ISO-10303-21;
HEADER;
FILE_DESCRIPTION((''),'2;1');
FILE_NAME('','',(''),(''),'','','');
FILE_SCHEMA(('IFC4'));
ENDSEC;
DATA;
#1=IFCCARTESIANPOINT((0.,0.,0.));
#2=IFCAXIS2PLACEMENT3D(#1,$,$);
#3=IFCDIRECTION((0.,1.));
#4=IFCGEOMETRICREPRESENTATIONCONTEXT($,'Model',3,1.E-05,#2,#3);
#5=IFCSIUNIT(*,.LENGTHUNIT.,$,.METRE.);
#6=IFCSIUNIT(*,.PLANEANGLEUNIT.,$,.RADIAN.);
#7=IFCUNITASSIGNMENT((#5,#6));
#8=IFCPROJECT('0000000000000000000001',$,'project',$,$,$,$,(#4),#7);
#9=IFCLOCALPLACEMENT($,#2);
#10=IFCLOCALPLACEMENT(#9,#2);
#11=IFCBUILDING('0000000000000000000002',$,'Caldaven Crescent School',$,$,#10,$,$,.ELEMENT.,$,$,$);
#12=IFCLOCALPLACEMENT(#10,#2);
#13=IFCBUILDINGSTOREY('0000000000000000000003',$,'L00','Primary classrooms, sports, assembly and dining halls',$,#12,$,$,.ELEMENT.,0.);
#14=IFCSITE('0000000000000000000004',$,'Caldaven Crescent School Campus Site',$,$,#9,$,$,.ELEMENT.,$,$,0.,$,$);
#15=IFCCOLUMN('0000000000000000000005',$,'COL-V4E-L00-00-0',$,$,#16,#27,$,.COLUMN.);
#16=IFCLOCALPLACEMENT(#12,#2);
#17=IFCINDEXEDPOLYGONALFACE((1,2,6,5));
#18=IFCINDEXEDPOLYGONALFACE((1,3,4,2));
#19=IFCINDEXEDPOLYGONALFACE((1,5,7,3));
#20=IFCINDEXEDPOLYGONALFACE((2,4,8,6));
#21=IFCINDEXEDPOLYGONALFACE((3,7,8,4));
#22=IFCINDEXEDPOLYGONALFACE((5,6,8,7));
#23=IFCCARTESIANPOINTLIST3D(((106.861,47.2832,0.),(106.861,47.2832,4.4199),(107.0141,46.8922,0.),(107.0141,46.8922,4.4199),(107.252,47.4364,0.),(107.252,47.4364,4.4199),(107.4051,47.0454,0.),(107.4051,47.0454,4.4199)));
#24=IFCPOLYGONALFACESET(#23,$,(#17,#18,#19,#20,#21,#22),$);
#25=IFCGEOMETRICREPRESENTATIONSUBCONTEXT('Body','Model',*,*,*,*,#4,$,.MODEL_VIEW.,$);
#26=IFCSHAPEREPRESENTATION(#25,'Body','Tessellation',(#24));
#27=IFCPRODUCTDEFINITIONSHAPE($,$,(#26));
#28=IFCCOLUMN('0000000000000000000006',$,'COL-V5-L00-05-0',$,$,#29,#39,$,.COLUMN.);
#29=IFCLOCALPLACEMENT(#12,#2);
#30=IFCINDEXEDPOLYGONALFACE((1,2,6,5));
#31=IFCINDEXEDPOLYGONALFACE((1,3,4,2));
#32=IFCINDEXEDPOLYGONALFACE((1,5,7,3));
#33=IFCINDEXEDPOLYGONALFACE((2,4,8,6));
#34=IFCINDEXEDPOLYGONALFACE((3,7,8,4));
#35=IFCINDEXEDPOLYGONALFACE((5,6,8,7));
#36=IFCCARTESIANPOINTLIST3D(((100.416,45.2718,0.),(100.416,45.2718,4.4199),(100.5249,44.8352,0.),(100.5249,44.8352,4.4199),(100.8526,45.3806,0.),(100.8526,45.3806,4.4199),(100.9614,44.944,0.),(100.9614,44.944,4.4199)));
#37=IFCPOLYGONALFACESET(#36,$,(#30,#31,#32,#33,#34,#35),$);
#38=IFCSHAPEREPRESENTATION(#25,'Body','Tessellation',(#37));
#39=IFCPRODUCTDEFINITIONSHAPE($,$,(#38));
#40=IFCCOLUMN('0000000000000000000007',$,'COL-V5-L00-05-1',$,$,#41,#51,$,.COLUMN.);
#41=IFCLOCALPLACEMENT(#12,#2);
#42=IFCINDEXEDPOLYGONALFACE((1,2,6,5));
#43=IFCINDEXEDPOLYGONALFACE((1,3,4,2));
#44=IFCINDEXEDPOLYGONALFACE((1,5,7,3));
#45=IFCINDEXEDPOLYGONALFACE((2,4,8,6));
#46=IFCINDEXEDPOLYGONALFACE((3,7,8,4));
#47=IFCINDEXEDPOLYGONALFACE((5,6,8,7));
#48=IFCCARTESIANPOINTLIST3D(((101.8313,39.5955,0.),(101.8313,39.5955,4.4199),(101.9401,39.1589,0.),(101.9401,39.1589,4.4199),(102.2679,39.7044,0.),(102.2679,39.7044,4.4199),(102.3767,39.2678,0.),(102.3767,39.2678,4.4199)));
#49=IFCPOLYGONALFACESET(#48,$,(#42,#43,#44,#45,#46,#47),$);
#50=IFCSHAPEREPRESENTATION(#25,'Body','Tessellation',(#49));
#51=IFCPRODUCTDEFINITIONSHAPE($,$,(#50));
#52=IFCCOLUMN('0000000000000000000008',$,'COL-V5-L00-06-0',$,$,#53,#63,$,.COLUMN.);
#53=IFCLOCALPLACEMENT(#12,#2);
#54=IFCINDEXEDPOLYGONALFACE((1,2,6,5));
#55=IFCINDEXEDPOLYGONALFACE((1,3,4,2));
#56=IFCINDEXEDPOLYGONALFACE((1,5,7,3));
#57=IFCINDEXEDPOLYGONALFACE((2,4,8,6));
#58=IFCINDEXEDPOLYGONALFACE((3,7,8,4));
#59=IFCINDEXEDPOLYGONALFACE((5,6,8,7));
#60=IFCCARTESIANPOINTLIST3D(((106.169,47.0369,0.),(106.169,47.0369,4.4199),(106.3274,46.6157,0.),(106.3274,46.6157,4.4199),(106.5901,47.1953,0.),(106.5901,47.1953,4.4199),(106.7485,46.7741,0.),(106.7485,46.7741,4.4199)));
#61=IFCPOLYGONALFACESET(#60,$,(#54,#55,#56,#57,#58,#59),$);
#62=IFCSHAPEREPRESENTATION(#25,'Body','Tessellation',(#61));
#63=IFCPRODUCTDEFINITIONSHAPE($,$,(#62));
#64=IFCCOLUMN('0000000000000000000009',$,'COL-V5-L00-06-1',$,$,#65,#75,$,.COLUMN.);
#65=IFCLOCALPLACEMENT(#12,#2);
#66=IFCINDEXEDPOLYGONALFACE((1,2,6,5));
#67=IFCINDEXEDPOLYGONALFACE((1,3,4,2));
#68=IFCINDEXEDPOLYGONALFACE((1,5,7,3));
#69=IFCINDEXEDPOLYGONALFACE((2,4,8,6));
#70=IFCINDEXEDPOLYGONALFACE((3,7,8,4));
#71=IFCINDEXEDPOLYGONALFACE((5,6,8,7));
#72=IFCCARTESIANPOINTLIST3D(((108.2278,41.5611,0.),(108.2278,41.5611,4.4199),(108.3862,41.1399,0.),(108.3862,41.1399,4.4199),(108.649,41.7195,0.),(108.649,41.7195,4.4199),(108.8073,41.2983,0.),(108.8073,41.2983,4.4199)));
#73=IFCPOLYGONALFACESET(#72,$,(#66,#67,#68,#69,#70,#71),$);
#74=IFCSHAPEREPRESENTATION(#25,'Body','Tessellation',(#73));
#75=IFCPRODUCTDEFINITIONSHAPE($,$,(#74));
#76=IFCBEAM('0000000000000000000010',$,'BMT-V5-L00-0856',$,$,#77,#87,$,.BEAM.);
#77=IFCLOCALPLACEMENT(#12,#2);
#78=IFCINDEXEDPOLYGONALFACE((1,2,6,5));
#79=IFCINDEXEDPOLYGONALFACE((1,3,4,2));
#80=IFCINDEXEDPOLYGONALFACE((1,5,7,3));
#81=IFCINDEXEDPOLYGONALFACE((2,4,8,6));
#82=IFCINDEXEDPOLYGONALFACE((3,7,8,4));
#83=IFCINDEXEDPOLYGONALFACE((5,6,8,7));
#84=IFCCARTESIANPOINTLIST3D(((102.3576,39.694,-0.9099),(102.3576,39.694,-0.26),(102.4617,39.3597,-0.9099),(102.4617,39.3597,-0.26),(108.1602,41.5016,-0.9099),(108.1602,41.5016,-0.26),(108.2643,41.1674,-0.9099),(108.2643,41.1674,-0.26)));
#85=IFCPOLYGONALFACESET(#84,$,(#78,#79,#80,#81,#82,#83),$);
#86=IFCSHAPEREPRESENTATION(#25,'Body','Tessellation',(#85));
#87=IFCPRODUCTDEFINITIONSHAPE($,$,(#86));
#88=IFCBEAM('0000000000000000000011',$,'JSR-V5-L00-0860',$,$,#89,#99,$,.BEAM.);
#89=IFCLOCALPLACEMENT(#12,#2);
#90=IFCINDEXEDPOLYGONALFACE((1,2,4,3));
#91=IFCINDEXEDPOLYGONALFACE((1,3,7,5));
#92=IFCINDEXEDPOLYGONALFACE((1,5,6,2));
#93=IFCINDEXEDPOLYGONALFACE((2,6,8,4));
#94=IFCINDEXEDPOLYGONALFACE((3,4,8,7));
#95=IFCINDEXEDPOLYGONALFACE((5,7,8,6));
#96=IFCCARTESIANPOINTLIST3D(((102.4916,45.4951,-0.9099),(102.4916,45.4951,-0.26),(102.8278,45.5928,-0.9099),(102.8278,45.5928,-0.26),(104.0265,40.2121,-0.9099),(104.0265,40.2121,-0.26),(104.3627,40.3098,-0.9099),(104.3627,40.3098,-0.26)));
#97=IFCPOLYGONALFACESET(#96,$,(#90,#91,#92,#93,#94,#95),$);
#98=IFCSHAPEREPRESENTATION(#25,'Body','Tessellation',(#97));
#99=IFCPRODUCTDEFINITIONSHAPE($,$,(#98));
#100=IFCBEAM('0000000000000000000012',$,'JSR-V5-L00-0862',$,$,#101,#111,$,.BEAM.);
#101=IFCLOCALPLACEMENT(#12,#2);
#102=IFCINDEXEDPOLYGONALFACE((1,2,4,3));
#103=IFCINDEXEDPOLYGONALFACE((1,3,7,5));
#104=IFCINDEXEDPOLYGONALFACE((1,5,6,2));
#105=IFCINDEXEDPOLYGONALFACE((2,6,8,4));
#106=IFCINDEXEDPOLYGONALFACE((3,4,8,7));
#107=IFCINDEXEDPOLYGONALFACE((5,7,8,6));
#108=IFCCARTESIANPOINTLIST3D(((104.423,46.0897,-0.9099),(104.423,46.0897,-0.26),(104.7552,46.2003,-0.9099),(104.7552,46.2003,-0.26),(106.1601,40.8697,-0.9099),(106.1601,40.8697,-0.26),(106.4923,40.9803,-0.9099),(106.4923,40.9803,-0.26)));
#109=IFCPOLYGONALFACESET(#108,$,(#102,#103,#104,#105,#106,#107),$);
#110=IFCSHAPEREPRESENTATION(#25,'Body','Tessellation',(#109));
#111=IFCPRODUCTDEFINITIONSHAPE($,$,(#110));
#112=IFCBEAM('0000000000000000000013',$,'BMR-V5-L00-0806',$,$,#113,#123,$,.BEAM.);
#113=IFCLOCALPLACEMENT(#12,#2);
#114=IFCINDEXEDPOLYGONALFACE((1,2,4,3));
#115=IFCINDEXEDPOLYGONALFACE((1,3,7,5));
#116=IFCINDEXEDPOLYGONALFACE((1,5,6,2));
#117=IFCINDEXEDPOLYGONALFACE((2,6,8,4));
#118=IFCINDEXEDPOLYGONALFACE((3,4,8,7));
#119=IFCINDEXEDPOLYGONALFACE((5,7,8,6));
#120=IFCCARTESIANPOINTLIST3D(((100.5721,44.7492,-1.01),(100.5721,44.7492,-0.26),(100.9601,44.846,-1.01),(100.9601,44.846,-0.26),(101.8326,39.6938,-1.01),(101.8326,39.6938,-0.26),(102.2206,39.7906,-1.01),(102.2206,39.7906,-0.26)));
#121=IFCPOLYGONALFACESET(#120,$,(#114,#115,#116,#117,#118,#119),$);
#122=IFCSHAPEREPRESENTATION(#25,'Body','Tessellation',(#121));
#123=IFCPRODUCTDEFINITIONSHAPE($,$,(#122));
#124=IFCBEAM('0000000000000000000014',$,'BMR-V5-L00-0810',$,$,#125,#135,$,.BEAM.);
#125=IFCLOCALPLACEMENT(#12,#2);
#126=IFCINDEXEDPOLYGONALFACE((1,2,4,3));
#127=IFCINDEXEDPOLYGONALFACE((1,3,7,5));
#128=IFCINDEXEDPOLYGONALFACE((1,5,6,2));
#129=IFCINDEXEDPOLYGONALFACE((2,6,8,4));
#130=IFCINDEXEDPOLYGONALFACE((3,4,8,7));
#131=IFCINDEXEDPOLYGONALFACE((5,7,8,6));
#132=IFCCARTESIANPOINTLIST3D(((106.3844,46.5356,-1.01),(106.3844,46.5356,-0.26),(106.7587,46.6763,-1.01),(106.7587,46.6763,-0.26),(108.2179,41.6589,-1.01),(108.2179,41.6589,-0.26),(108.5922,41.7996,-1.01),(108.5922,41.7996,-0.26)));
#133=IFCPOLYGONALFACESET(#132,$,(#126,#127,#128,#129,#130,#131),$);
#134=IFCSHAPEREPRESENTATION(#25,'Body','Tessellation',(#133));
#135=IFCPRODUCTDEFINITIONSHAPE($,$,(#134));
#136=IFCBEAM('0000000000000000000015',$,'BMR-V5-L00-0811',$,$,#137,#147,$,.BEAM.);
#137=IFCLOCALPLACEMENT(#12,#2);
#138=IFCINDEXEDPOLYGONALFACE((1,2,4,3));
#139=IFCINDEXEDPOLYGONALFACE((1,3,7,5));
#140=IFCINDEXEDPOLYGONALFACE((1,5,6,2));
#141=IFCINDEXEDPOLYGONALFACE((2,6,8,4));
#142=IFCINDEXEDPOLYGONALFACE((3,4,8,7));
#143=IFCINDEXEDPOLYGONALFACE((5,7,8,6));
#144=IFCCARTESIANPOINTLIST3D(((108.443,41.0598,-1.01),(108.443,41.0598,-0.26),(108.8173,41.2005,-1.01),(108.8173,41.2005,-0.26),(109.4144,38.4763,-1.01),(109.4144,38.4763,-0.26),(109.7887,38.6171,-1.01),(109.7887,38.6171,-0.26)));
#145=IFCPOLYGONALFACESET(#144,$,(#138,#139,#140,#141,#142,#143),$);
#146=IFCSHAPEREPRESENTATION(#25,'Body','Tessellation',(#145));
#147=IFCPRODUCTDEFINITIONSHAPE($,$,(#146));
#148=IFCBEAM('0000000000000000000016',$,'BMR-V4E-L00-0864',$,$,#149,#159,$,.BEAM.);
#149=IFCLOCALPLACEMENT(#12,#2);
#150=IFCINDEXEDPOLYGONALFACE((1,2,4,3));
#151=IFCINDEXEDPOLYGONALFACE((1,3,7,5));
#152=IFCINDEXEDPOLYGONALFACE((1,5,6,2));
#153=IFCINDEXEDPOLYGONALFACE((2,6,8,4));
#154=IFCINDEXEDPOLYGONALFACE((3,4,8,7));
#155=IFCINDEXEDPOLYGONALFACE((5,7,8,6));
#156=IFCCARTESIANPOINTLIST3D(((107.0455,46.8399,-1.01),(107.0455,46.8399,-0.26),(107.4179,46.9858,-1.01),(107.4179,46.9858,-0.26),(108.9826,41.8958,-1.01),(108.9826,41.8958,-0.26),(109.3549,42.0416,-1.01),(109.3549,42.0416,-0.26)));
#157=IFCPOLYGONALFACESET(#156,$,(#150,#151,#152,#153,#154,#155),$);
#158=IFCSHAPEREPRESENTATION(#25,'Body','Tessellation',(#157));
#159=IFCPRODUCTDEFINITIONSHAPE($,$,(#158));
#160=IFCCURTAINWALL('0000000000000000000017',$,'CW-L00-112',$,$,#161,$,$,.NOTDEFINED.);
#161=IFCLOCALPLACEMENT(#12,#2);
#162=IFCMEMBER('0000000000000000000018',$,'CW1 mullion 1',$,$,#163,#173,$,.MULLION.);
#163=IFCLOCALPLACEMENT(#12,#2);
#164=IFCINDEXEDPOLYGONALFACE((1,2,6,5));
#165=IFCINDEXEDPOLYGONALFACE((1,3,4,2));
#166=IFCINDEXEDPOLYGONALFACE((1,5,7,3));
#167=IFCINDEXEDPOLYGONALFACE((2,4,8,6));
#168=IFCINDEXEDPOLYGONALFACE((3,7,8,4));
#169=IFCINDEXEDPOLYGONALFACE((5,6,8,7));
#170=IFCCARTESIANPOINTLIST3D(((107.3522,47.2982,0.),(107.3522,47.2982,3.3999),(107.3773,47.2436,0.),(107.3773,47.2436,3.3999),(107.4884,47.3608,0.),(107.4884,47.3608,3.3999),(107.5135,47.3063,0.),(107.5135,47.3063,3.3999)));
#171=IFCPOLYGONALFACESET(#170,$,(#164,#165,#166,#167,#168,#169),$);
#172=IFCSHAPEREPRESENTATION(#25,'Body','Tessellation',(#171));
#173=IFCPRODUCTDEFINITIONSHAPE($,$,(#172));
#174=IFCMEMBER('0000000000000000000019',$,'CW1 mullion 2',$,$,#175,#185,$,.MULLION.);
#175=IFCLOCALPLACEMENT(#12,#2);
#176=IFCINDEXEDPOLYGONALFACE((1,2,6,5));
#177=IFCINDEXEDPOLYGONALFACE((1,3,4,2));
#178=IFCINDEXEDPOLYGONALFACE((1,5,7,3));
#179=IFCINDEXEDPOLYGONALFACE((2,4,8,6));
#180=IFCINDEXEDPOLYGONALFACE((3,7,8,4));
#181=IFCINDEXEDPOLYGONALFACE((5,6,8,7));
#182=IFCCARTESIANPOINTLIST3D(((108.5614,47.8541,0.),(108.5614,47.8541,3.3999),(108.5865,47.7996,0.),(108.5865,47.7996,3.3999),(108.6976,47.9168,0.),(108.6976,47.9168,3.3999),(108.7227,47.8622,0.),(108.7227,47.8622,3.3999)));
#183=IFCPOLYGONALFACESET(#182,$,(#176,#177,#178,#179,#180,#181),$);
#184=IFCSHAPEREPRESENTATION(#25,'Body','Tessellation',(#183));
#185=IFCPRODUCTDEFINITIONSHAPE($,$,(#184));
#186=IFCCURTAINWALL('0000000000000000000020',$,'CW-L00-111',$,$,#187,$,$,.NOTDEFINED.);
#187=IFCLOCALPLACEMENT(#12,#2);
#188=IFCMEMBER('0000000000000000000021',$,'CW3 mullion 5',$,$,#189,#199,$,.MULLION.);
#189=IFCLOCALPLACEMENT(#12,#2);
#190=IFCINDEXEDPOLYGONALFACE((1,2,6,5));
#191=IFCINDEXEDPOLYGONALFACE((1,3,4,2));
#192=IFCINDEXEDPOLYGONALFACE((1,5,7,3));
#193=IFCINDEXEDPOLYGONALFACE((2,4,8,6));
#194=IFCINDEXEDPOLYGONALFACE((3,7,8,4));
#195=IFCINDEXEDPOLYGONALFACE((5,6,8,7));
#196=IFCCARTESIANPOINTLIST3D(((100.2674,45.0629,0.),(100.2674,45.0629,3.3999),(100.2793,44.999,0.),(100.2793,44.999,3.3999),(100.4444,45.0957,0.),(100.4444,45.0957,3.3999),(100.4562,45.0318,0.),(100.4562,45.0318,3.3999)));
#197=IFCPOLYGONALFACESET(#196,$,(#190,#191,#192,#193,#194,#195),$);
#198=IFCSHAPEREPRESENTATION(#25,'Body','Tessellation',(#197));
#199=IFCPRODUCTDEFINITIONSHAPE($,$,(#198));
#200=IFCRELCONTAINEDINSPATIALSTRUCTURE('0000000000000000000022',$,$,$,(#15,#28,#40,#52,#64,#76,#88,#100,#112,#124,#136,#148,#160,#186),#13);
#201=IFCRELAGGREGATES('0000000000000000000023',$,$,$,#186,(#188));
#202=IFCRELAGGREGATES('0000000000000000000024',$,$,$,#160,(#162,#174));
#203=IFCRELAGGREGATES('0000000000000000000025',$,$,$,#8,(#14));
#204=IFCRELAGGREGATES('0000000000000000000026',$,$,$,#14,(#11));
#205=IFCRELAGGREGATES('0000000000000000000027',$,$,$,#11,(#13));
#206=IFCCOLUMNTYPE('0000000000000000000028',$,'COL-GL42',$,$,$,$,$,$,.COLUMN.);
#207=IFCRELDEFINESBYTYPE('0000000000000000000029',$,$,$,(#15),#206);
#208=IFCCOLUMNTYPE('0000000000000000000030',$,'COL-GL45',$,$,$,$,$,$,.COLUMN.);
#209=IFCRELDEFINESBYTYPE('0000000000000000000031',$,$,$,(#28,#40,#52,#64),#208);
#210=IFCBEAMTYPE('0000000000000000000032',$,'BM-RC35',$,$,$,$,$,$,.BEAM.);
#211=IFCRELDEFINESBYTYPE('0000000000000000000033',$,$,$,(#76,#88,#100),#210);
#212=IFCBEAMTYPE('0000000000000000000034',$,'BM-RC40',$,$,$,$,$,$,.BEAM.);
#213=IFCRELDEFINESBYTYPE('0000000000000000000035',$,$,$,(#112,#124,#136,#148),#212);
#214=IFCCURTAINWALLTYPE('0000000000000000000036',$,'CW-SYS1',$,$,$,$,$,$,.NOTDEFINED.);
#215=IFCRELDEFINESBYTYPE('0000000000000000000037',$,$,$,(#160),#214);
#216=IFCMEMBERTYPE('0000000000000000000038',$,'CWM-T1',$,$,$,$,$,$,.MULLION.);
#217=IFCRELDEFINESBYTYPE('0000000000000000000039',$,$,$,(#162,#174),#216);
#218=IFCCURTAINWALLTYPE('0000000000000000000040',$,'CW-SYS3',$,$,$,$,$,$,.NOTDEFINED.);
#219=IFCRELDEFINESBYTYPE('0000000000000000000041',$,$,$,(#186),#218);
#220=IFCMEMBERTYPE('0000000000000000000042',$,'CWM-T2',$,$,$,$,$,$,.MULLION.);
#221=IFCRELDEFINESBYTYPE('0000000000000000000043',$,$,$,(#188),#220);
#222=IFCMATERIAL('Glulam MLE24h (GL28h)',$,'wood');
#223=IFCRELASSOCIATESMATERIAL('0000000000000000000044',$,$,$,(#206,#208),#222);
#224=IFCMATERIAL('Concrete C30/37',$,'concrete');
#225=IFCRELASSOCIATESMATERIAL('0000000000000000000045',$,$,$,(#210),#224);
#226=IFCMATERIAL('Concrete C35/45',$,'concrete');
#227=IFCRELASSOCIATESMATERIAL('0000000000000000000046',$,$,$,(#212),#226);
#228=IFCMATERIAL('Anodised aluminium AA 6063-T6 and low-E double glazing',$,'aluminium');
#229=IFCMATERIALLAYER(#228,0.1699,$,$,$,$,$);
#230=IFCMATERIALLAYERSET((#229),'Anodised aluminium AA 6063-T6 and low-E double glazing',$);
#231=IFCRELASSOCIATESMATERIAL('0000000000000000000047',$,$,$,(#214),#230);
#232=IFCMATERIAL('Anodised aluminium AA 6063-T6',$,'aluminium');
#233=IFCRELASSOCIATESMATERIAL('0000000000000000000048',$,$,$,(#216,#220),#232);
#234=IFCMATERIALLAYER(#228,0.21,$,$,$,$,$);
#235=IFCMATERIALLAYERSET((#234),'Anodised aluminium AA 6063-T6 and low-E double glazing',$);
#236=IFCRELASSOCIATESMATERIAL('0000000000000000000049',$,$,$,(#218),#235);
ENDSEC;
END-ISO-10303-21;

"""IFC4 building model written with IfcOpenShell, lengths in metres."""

from ifc_helpers import new_model, si_unit, direction, frame, origin, origin_2d, place, context, subcontext, project, spatial, rectangle, extrude, material, layer, layer_set, material_profile, profile_set, type_object, element, aggregate, save


model = new_model("IFC4")

# Units and contexts
model_context = context("Model", 3, precision=1e-05, world=origin(), true_north=direction((0.0, 1.0)))
body_context = subcontext(model_context, "Body", "Model", "MODEL_VIEW")
ifc_project = project(units=[si_unit("LENGTHUNIT", "METRE"), si_unit("PLANEANGLEUNIT", "RADIAN")], contexts=[model_context])

# Site, building, storey
site_placement = place(None, origin())
site = spatial("IfcSite", under=ifc_project, at=site_placement, Name="Caldaven Crescent School Campus Site", CompositionType="ELEMENT", RefElevation=0.0)
building_placement = place(site_placement, origin())
building = spatial("IfcBuilding", under=site, at=building_placement, Name="Caldaven Crescent School", CompositionType="ELEMENT")
storey_placement = place(building_placement, origin())
storey = spatial("IfcBuildingStorey", under=building, at=storey_placement, Name="L00", Description="Primary classrooms, sports, assembly and dining halls", CompositionType="ELEMENT", Elevation=0.0)

# Columns
ifc_material_1 = material(Name="Glulam MLE24h (GL28h)", Category="wood")
ifc_material_profile_1 = material_profile(ifc_material_1, rectangle(XDim=0.4199, YDim=0.4199, at=origin_2d()), Name="MLE 420x420")
ifc_profile_set_1 = profile_set([ifc_material_profile_1], Name="Glulam MLE24h (GL28h)")
column_type_1 = type_object("IfcColumnType", Name="COL-GL42", PredefinedType="COLUMN", material=ifc_profile_set_1)
column_placement = place(storey_placement, frame((107.1331, 47.1643, 0.0), z_axis=(0.0, 0.0, 1.0), x_axis=(0.364714, -0.931119, 0.0)))
element("IfcColumn", 1, at=column_placement, inside=storey, type_object=column_type_1, Name="COL-V4E-L00-00-0", PredefinedType="COLUMN", context=body_context, shape_type="SweptSolid", body=[
    extrude(rectangle(XDim=0.4199, YDim=0.4199, at=origin_2d()), origin(), (0.0, 0.0, 1.0), 4.4199),
])
ifc_material_profile_2 = material_profile(ifc_material_1, rectangle(XDim=0.45, YDim=0.45, at=origin_2d()), Name="MLE 450x450")
ifc_profile_set_2 = profile_set([ifc_material_profile_2], Name="Glulam MLE24h (GL28h)")
column_type_2 = type_object("IfcColumnType", Name="COL-GL45", PredefinedType="COLUMN", material=ifc_profile_set_2)
for number, where, z_axis, x_axis, name in (
    (2, (100.6887, 45.1079, 0.0), (0.0, 0.0, 1.0), (0.241922, -0.970296, 0.0), "COL-V5-L00-05-0"),
    (3, (102.104, 39.4316, 0.0), (0.0, 0.0, 1.0), (0.241922, -0.970296, 0.0), "COL-V5-L00-05-1"),
    (4, (106.4587, 46.9055, 0.0), (0.0, 0.0, 1.0), (0.352005, -0.935998, 0.0), "COL-V5-L00-06-0"),
    (5, (108.5176, 41.4297, 0.0), (0.0, 0.0, 1.0), (0.352005, -0.935998, 0.0), "COL-V5-L00-06-1"),
):
    element("IfcColumn", number, at=place(storey_placement, frame(where, z_axis=z_axis, x_axis=x_axis)), inside=storey, type_object=column_type_2, Name=name, PredefinedType="COLUMN", context=body_context, shape_type="SweptSolid", body=[
        extrude(rectangle(XDim=0.45, YDim=0.45, at=origin_2d()), origin(), (0.0, 0.0, 1.0), 4.4199),
    ])

# Beams
ifc_material_2 = material(Name="Concrete C30/37", Category="concrete")
ifc_material_profile_3 = material_profile(ifc_material_2, rectangle(XDim=0.3501, YDim=0.6499, at=origin_2d()), Name="RC 350x650")
ifc_profile_set_3 = profile_set([ifc_material_profile_3], Name="Concrete C30/37")
beam_type_1 = type_object("IfcBeamType", Name="BM-RC35", PredefinedType="BEAM", material=ifc_profile_set_3)
beam_1_placement = place(storey_placement, frame((102.4097, 39.5269, -0.585), z_axis=(0.954745, 0.297426, 0.0), x_axis=(-0.297426, 0.954745, 0.0)))
element("IfcBeam", 6, at=beam_1_placement, inside=storey, type_object=beam_type_1, Name="BMT-V5-L00-0856", PredefinedType="BEAM", context=body_context, shape_type="SweptSolid", body=[
    extrude(rectangle(XDim=0.3501, YDim=0.6499, at=origin_2d()), origin(), (0.0, 0.0, 1.0), 6.0776),
])
for number, where, z_axis, x_axis, name in (
    (7, (102.6597, 45.5439, -0.585), (0.279003, -0.96029, 0.0), (0.96029, 0.279003, 0.0), "JSR-V5-L00-0860"),
    (8, (104.5891, 46.145, -0.585), (0.315748, -0.948843, 0.0), (0.948843, 0.315748, 0.0), "JSR-V5-L00-0862"),
):
    element("IfcBeam", number, at=place(storey_placement, frame(where, z_axis=z_axis, x_axis=x_axis)), inside=storey, type_object=beam_type_1, Name=name, PredefinedType="BEAM", context=body_context, shape_type="SweptSolid", body=[
        extrude(rectangle(XDim=0.3501, YDim=0.6499, at=origin_2d()), origin(), (0.0, 0.0, 1.0), 5.5015),
    ])
ifc_material_3 = material(Name="Concrete C35/45", Category="concrete")
ifc_material_profile_4 = material_profile(ifc_material_3, rectangle(XDim=0.3999, YDim=0.75, at=origin_2d()), Name="RC 400x750")
ifc_profile_set_4 = profile_set([ifc_material_profile_4], Name="Concrete C35/45")
beam_type_2 = type_object("IfcBeamType", Name="BM-RC40", PredefinedType="BEAM", material=ifc_profile_set_4)
beam_2_placement = place(storey_placement, frame((100.7661, 44.7976, -0.635), z_axis=(0.241929, -0.970294, 0.0), x_axis=(0.970294, 0.241929, 0.0)))
element("IfcBeam", 9, at=beam_2_placement, inside=storey, type_object=beam_type_2, Name="BMR-V5-L00-0806", PredefinedType="BEAM", context=body_context, shape_type="SweptSolid", body=[
    extrude(rectangle(XDim=0.3999, YDim=0.75, at=origin_2d()), origin(), (0.0, 0.0, 1.0), 5.2102),
])
beam_3_placement = place(storey_placement, frame((106.5715, 46.606, -0.635), z_axis=(0.351919, -0.93603, 0.0), x_axis=(0.93603, 0.351919, 0.0)))
element("IfcBeam", 10, at=beam_3_placement, inside=storey, type_object=beam_type_2, Name="BMR-V5-L00-0810", PredefinedType="BEAM", context=body_context, shape_type="SweptSolid", body=[
    extrude(rectangle(XDim=0.3999, YDim=0.75, at=origin_2d()), origin(), (0.0, 0.0, 1.0), 5.21),
])
beam_4_placement = place(storey_placement, frame((108.6301, 41.1301, -0.635), z_axis=(0.351957, -0.936016, 0.0), x_axis=(0.936016, 0.351957, 0.0)))
element("IfcBeam", 11, at=beam_4_placement, inside=storey, type_object=beam_type_2, Name="BMR-V5-L00-0811", PredefinedType="BEAM", context=body_context, shape_type="SweptSolid", body=[
    extrude(rectangle(XDim=0.3999, YDim=0.75, at=origin_2d()), origin(), (0.0, 0.0, 1.0), 2.76),
])
beam_5_placement = place(storey_placement, frame((107.2317, 46.9128, -0.635), z_axis=(0.364786, -0.931091, 0.0), x_axis=(0.931091, 0.364786, 0.0)))
element("IfcBeam", 12, at=beam_5_placement, inside=storey, type_object=beam_type_2, Name="BMR-V4E-L00-0864", PredefinedType="BEAM", context=body_context, shape_type="SweptSolid", body=[
    extrude(rectangle(XDim=0.3999, YDim=0.75, at=origin_2d()), origin(), (0.0, 0.0, 1.0), 5.3101),
])

# Curtain wall, members
ifc_material_4 = material(Name="Anodised aluminium AA 6063-T6 and low-E double glazing", Category="aluminium")
ifc_layer_1 = layer(ifc_material_4, 0.1699)
ifc_layer_set_1 = layer_set([ifc_layer_1], Name="Anodised aluminium AA 6063-T6 and low-E double glazing")
curtain_wall_type_1 = type_object("IfcCurtainWallType", Name="CW-SYS1", PredefinedType="NOTDEFINED", material=ifc_layer_set_1)
curtain_wall_1_placement = place(storey_placement, origin())
curtain_wall_1 = element("IfcCurtainWall", 13, at=curtain_wall_1_placement, inside=storey, type_object=curtain_wall_type_1, Name="CW-L00-112", PredefinedType="NOTDEFINED")
ifc_material_5 = material(Name="Anodised aluminium AA 6063-T6", Category="aluminium")
ifc_material_profile_5 = material_profile(ifc_material_5, rectangle(XDim=0.0601, YDim=0.1499, at=origin_2d()), Name="CWM 60x150")
ifc_profile_set_5 = profile_set([ifc_material_profile_5], Name="Anodised aluminium AA 6063-T6")
member_type_1 = type_object("IfcMemberType", Name="CWM-T1", PredefinedType="MULLION", material=ifc_profile_set_5)
member_1_placement = place(storey_placement, frame((107.4329, 47.3022, 0.0), z_axis=(0.0, 0.0, 1.0), x_axis=(-0.417824, 0.908528, 0.0)))
member_1 = element("IfcMember", 14, at=member_1_placement, type_object=member_type_1, Name="CW1 mullion 1", PredefinedType="MULLION", context=body_context, shape_type="SweptSolid", body=[
    extrude(rectangle(XDim=0.0601, YDim=0.1499, at=origin_2d()), origin(), (0.0, 0.0, 1.0), 3.3999),
])
member_2_placement = place(storey_placement, frame((108.6421, 47.8582, 0.0), z_axis=(0.0, 0.0, 1.0), x_axis=(-0.417824, 0.908528, 0.0)))
member_2 = element("IfcMember", 15, at=member_2_placement, type_object=member_type_1, Name="CW1 mullion 2", PredefinedType="MULLION", context=body_context, shape_type="SweptSolid", body=[
    extrude(rectangle(XDim=0.0601, YDim=0.1499, at=origin_2d()), origin(), (0.0, 0.0, 1.0), 3.3999),
])

# Curtain wall, member
ifc_layer_2 = layer(ifc_material_4, 0.21)
ifc_layer_set_2 = layer_set([ifc_layer_2], Name="Anodised aluminium AA 6063-T6 and low-E double glazing")
curtain_wall_type_2 = type_object("IfcCurtainWallType", Name="CW-SYS3", PredefinedType="NOTDEFINED", material=ifc_layer_set_2)
curtain_wall_2_placement = place(storey_placement, origin())
curtain_wall_2 = element("IfcCurtainWall", 16, at=curtain_wall_2_placement, inside=storey, type_object=curtain_wall_type_2, Name="CW-L00-111", PredefinedType="NOTDEFINED")
ifc_material_profile_6 = material_profile(ifc_material_5, rectangle(XDim=0.0649, YDim=0.1799, at=origin_2d()), Name="CWM 65x180")
ifc_profile_set_6 = profile_set([ifc_material_profile_6], Name="Anodised aluminium AA 6063-T6")
member_type_2 = type_object("IfcMemberType", Name="CWM-T2", PredefinedType="MULLION", material=ifc_profile_set_6)
member_3_placement = place(storey_placement, frame((100.3618, 45.0474, 0.0), z_axis=(0.0, 0.0, 1.0), x_axis=(-0.182236, 0.983255, 0.0)))
member_3 = element("IfcMember", 17, at=member_3_placement, type_object=member_type_2, Name="CW3 mullion 5", PredefinedType="MULLION", context=body_context, shape_type="SweptSolid", body=[
    extrude(rectangle(XDim=0.0649, YDim=0.1799, at=origin_2d()), origin(), (0.0, 0.0, 1.0), 3.3999),
])

aggregate(curtain_wall_2, [member_3])
aggregate(curtain_wall_1, [member_1, member_2])

save(model, "model.ifc")
